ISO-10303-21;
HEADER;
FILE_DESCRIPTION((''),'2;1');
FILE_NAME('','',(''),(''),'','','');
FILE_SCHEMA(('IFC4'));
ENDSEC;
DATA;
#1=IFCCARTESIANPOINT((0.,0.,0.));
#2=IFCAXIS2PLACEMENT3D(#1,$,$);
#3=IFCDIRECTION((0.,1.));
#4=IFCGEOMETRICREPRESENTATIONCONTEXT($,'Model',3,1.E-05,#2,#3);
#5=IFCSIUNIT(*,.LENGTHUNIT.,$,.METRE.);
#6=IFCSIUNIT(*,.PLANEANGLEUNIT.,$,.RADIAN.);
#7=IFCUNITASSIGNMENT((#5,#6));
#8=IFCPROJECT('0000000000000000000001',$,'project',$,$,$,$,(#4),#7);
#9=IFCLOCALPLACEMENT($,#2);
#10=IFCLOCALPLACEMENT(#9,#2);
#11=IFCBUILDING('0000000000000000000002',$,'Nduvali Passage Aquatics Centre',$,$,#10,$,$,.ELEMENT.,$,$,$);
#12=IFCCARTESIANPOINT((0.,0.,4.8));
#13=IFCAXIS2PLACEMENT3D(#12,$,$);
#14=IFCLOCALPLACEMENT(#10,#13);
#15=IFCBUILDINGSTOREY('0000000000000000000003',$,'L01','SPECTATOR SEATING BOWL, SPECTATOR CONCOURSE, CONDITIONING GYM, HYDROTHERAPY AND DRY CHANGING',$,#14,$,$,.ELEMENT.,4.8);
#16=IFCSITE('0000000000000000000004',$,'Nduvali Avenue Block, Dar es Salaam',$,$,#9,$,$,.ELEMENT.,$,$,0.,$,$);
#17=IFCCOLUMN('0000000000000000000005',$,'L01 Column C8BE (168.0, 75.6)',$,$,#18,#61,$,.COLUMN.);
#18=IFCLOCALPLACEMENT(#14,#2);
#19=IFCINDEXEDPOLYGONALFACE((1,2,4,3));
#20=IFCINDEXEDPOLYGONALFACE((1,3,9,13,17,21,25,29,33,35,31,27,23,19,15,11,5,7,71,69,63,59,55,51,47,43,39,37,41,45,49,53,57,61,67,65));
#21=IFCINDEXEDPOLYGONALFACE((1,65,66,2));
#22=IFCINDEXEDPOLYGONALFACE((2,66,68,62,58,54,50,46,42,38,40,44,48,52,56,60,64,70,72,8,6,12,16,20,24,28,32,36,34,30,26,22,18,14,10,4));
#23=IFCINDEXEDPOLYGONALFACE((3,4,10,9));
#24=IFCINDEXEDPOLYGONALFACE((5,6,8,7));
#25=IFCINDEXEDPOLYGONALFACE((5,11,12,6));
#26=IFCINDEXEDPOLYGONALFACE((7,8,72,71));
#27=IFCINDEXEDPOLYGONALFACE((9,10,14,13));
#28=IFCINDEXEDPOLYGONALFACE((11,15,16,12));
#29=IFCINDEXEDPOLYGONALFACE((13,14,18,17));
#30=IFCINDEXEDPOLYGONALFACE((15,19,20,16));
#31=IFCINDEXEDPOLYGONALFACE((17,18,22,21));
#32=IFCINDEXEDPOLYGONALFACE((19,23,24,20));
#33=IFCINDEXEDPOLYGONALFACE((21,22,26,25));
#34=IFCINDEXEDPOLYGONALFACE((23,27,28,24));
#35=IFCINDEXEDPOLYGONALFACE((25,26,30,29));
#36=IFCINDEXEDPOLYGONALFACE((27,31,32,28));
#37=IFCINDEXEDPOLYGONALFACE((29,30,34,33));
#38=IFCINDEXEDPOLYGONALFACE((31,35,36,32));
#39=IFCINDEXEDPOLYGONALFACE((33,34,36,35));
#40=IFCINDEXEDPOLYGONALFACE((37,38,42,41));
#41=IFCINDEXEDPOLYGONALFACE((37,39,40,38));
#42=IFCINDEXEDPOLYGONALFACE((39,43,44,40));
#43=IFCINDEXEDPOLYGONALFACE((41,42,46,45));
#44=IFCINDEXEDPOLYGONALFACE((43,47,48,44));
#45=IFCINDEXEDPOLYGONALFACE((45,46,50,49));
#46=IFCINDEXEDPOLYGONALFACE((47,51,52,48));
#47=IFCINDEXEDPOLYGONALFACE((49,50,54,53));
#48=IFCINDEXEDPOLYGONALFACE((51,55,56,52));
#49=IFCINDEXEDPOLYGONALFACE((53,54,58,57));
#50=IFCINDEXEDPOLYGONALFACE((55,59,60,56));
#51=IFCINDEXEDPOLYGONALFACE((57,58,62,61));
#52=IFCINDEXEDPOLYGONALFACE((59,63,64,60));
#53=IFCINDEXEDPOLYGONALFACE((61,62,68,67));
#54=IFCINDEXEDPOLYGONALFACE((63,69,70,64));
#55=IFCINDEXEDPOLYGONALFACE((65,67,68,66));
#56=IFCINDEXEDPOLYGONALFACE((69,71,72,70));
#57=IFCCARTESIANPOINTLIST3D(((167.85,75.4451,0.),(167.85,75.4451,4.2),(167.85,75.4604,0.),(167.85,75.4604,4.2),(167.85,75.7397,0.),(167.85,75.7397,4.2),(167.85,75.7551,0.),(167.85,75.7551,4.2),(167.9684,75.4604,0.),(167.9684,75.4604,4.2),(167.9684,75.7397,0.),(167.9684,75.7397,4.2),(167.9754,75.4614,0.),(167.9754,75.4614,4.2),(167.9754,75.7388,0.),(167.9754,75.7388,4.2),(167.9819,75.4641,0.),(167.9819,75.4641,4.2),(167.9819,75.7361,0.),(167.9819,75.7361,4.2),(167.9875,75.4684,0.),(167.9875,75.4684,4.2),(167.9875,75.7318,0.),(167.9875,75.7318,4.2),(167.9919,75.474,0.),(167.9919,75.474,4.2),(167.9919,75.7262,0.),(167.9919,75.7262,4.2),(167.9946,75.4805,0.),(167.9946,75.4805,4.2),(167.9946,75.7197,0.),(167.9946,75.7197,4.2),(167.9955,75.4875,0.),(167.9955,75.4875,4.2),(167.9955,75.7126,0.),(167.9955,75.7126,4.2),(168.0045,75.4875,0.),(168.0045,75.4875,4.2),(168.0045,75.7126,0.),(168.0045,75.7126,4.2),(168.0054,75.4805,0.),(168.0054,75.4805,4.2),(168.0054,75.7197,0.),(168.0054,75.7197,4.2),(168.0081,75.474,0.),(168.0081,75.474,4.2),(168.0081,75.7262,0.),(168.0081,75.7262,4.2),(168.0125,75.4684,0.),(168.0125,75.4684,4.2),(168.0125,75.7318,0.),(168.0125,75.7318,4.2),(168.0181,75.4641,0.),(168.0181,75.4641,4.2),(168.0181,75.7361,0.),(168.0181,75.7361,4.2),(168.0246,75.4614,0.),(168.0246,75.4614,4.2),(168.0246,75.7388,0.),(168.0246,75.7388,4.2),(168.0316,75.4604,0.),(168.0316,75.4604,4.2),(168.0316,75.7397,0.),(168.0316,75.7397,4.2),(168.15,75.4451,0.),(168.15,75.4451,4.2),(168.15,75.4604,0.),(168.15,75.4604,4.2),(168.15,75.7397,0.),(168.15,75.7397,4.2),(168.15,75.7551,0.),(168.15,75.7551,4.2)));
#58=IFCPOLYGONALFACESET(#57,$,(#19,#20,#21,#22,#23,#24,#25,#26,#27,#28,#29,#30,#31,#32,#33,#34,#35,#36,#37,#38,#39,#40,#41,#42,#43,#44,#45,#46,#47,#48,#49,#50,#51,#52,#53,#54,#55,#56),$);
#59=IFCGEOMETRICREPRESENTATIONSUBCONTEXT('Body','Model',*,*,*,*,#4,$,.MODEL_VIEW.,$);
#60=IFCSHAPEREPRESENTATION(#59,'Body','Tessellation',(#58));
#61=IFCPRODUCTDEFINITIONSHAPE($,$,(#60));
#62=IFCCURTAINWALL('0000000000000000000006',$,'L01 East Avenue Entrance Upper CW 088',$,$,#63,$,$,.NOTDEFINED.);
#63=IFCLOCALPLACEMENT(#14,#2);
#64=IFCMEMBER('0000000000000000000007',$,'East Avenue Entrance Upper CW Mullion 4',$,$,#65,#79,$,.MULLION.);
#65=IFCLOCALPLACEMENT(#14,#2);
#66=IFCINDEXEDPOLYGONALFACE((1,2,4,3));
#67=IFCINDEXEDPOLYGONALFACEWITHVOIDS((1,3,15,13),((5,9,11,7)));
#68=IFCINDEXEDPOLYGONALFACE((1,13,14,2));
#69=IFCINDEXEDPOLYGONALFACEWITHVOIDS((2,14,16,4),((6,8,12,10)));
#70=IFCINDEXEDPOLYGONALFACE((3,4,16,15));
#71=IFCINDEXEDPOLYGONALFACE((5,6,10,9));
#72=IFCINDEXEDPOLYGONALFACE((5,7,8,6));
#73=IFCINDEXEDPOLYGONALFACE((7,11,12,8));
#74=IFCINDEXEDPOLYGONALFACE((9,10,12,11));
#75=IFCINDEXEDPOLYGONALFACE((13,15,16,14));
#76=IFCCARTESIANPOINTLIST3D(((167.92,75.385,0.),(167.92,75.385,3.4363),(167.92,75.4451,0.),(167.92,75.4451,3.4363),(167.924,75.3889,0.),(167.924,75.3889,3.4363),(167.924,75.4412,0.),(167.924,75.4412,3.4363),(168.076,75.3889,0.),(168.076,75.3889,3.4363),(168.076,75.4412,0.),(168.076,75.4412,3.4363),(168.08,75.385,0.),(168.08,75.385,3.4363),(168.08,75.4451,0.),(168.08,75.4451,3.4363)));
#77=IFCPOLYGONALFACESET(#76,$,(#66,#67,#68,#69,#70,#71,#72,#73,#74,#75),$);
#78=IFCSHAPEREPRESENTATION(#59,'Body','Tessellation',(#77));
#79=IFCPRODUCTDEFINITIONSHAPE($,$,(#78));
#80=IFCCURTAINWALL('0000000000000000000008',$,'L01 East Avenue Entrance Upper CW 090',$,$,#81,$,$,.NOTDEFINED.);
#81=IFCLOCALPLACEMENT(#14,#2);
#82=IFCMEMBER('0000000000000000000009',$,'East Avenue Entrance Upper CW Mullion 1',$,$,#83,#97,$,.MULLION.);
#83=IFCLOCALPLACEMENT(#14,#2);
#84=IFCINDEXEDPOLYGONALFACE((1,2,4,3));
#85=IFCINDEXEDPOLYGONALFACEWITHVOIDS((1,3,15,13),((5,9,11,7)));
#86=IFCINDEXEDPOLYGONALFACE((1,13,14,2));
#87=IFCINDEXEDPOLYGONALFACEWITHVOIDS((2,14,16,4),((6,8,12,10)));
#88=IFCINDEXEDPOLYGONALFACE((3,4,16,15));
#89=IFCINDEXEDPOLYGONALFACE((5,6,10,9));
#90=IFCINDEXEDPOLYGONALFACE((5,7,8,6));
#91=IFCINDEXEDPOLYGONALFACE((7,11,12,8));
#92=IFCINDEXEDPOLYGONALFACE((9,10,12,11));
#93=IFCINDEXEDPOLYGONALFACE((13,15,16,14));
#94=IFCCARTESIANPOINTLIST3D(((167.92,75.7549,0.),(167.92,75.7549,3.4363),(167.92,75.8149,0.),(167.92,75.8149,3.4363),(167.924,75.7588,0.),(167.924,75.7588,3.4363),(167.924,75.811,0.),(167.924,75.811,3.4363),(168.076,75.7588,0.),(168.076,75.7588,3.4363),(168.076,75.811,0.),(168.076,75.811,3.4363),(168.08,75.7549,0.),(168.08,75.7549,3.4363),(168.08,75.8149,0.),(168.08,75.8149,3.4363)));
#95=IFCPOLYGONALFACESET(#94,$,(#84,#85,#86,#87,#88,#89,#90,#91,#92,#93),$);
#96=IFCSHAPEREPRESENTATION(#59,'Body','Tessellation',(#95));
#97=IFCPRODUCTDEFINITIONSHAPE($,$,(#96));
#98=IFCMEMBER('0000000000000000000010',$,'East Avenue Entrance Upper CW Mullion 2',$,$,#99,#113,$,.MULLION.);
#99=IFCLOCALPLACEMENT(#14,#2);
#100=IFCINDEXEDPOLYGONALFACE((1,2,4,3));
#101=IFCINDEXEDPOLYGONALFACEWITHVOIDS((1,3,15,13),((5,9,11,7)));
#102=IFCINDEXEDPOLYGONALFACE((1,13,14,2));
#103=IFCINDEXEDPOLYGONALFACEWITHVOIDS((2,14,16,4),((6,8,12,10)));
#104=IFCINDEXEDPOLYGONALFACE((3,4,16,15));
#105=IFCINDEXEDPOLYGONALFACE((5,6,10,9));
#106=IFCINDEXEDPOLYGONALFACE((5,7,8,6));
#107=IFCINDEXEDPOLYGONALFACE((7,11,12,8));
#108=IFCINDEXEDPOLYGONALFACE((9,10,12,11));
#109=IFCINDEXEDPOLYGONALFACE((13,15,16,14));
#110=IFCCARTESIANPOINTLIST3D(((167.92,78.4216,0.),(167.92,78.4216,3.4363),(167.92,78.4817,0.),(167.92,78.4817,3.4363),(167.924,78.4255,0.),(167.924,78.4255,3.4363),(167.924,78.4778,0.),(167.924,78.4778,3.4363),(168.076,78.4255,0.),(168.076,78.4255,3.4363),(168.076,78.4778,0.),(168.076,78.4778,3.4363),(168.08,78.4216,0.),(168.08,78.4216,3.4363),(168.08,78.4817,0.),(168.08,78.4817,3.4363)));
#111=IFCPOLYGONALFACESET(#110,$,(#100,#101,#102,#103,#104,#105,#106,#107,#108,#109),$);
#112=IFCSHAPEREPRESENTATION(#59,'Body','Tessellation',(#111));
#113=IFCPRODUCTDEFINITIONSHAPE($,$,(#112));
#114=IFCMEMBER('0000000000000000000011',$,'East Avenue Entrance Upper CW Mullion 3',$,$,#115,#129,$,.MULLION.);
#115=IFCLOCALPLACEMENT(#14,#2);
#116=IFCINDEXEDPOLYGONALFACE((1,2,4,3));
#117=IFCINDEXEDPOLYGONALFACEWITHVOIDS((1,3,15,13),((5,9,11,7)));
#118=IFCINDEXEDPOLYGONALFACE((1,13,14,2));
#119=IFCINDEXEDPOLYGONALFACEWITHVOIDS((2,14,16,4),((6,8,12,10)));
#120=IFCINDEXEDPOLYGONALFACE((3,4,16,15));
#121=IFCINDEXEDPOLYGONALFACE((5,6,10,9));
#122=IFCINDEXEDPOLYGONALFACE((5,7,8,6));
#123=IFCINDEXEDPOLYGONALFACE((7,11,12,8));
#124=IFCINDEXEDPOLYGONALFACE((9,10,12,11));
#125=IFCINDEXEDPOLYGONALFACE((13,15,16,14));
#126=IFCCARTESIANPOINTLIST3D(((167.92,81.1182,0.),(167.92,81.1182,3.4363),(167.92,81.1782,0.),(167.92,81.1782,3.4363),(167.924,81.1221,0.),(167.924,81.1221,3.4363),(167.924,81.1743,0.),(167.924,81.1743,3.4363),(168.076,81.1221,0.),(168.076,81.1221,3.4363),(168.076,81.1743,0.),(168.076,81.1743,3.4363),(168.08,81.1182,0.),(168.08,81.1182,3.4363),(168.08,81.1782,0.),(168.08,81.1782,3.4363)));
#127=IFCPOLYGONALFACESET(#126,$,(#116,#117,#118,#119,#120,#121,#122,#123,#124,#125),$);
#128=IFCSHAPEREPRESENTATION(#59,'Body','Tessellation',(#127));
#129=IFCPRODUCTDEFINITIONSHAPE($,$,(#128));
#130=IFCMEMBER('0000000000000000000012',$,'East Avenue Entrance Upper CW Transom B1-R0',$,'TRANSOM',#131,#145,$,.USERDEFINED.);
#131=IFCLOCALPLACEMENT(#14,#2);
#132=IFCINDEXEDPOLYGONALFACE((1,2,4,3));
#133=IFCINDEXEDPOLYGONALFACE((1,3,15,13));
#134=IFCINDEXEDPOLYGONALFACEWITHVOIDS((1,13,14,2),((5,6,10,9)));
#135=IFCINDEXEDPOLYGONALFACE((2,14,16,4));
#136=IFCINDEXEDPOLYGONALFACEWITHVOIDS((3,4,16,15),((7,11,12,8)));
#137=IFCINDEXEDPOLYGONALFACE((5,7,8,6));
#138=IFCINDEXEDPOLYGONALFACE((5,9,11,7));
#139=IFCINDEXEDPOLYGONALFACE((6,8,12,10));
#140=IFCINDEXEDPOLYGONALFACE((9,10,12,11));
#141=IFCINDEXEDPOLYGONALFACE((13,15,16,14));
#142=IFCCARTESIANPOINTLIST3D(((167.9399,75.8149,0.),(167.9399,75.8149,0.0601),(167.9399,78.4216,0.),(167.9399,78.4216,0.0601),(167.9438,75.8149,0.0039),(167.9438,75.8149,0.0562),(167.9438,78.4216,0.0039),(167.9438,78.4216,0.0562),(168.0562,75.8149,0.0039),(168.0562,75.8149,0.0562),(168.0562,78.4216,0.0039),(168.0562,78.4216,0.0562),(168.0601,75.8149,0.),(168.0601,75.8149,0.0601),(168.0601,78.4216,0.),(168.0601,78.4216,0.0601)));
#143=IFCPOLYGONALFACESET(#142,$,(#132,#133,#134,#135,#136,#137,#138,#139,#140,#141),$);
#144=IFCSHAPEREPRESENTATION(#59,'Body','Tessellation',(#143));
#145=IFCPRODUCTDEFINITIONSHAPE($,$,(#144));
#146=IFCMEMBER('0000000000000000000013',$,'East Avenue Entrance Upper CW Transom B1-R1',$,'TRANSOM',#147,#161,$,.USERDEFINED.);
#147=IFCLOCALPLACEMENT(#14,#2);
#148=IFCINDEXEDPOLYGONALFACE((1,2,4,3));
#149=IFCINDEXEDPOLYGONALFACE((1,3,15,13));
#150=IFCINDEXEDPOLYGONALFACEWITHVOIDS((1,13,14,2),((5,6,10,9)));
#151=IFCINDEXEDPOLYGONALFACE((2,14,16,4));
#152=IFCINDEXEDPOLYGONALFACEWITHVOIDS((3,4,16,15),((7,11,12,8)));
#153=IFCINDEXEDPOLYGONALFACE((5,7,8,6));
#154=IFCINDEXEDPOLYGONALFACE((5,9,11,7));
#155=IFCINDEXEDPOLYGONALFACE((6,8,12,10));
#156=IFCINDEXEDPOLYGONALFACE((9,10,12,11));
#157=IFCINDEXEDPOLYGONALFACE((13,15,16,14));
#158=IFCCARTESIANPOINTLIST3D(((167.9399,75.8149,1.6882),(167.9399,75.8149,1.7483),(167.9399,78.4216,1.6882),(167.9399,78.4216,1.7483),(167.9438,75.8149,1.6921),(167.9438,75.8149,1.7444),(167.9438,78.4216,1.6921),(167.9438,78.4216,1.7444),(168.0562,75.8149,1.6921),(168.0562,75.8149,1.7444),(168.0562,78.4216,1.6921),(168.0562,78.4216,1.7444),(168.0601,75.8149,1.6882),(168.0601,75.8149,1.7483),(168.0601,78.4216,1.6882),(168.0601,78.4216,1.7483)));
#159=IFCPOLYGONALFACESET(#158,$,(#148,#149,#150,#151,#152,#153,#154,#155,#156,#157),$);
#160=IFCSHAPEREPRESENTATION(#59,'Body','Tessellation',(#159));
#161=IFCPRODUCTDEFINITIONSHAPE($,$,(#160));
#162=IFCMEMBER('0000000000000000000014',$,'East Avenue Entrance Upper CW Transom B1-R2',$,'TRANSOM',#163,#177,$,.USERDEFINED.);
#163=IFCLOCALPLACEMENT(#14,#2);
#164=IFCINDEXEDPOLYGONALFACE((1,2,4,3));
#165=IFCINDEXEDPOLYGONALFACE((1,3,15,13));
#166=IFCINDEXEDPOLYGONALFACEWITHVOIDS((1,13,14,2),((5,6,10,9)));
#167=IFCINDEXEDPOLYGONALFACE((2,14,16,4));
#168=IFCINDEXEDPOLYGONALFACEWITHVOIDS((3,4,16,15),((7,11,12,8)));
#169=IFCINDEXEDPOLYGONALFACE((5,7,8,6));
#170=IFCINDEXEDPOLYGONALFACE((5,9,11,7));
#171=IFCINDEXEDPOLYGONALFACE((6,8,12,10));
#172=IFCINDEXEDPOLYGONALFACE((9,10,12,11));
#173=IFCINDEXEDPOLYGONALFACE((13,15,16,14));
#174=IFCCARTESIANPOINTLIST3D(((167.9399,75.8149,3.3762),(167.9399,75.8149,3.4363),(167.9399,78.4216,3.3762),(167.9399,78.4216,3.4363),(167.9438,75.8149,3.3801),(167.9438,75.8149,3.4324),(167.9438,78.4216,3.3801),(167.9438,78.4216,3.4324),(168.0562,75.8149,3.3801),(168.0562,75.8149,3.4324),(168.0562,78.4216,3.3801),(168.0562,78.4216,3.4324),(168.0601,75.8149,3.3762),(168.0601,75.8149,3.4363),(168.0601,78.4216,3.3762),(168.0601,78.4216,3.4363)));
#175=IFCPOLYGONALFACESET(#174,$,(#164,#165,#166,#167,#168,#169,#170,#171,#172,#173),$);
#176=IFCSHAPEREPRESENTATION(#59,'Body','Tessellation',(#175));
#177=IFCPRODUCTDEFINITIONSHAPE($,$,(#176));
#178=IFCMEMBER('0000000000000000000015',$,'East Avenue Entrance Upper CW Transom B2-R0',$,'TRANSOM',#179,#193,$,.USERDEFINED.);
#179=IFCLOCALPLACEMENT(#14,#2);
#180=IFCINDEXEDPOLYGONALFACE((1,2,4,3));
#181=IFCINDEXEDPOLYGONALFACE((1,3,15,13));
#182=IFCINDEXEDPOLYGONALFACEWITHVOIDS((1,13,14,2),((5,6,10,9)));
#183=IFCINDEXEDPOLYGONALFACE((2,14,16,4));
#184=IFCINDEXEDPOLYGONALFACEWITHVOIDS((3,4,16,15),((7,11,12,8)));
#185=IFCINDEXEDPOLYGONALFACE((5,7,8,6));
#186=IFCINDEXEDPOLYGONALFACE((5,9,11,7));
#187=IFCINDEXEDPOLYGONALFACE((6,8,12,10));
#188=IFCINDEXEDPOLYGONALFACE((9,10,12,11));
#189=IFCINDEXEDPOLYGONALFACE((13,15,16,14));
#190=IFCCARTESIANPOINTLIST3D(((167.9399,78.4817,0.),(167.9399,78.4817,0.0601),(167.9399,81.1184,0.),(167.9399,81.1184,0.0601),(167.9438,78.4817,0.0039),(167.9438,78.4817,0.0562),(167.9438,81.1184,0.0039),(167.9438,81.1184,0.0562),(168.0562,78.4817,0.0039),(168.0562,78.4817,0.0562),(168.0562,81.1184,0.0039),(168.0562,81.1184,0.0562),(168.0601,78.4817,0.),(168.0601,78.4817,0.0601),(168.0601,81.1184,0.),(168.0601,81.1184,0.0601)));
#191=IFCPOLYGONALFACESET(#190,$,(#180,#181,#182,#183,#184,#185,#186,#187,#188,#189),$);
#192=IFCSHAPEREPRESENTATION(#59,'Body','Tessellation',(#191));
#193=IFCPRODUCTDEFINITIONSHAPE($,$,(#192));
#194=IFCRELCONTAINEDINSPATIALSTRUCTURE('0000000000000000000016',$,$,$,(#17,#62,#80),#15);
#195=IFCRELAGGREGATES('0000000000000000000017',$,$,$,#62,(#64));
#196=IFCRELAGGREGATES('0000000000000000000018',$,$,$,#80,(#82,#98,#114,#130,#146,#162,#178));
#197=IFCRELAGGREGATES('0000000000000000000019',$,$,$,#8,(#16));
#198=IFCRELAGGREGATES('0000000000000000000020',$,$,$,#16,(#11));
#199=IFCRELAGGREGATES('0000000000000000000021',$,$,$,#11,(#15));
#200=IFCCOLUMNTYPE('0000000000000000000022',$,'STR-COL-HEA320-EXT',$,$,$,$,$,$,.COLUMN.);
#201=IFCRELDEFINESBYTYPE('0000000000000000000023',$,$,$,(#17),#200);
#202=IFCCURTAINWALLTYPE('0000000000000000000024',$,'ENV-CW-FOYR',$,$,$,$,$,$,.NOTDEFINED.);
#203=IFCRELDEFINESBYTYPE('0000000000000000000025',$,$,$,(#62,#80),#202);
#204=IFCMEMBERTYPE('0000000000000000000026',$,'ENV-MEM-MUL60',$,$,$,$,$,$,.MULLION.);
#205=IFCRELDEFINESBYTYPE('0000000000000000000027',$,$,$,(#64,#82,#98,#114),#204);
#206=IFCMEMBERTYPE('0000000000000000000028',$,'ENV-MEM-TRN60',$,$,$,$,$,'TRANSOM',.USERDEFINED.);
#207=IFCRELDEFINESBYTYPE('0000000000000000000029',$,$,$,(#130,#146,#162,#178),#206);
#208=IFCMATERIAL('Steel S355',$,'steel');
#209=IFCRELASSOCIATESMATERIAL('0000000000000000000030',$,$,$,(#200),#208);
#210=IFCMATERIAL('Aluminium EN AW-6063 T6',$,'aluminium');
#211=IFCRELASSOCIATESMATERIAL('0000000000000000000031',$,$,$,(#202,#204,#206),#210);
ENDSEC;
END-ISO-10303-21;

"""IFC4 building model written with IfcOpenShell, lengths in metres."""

from ifc_helpers import new_model, si_unit, direction, frame, origin, origin_2d, place, context, subcontext, project, spatial, hollow_rectangle, i_section, extrude, material, material_profile, profile_set, type_object, element, aggregate, save


model = new_model("IFC4")

# Units and contexts
model_context = context("Model", 3, precision=1e-05, world=origin(), true_north=direction((0.0, 1.0)))
body_context = subcontext(model_context, "Body", "Model", "MODEL_VIEW")
ifc_project = project(units=[si_unit("LENGTHUNIT", "METRE"), si_unit("PLANEANGLEUNIT", "RADIAN")], contexts=[model_context])

# Site, building, storey
site_placement = place(None, origin())
site = spatial("IfcSite", under=ifc_project, at=site_placement, Name="Nduvali Avenue Block, Dar es Salaam", CompositionType="ELEMENT", RefElevation=0.0)
building_placement = place(site_placement, origin())
building = spatial("IfcBuilding", under=site, at=building_placement, Name="Nduvali Passage Aquatics Centre", CompositionType="ELEMENT")
storey_placement = place(building_placement, frame((0.0, 0.0, 4.8)))
storey = spatial("IfcBuildingStorey", under=building, at=storey_placement, Name="L01", Description="SPECTATOR SEATING BOWL, SPECTATOR CONCOURSE, CONDITIONING GYM, HYDROTHERAPY AND DRY CHANGING", CompositionType="ELEMENT", Elevation=4.8)

# Column
ifc_material_1 = material(Name="Steel S355", Category="steel")
ifc_material_profile_1 = material_profile(ifc_material_1, i_section(OverallWidth=0.3, OverallDepth=0.3101, WebThickness=0.009, FlangeThickness=0.0154, FilletRadius=0.0271, at=origin_2d()), Name="HEA 320")
ifc_profile_set_1 = profile_set([ifc_material_profile_1], Name="Steel S355")
column_type = type_object("IfcColumnType", Name="STR-COL-HEA320-EXT", PredefinedType="COLUMN", material=ifc_profile_set_1)
column_placement = place(storey_placement, frame((168.0, 75.6001, 0.0), z_axis=(0.0, 0.0, 1.0), x_axis=(1.0, 0.0, 0.0)))
element("IfcColumn", 1, at=column_placement, inside=storey, type_object=column_type, Name="L01 Column C8BE (168.0, 75.6)", PredefinedType="COLUMN", context=body_context, shape_type="SweptSolid", body=[
    extrude(i_section(OverallWidth=0.3, OverallDepth=0.3101, WebThickness=0.009, FlangeThickness=0.0154, FilletRadius=0.0271, at=origin_2d()), origin(), (0.0, 0.0, 1.0), 4.2),
])

# Curtain wall, member
ifc_material_2 = material(Name="Aluminium EN AW-6063 T6", Category="aluminium")
curtain_wall_type = type_object("IfcCurtainWallType", Name="ENV-CW-FOYR", PredefinedType="NOTDEFINED", material=ifc_material_2)
curtain_wall_1_placement = place(storey_placement, origin())
curtain_wall_1 = element("IfcCurtainWall", 2, at=curtain_wall_1_placement, inside=storey, type_object=curtain_wall_type, Name="L01 East Avenue Entrance Upper CW 088", PredefinedType="NOTDEFINED")
ifc_material_profile_2 = material_profile(ifc_material_2, hollow_rectangle(XDim=0.0601, YDim=0.1599, WallThickness=0.0039, at=origin_2d()), Name="ALU MULLION 60x160x4")
ifc_profile_set_2 = profile_set([ifc_material_profile_2], Name="Aluminium EN AW-6063 T6")
member_type_1 = type_object("IfcMemberType", Name="ENV-MEM-MUL60", PredefinedType="MULLION", material=ifc_profile_set_2)
member_1_placement = place(storey_placement, frame((168.0, 75.415, 0.0), z_axis=(0.0, 0.0, 1.0), x_axis=(0.0, 1.0, 0.0)))
member_1 = element("IfcMember", 3, at=member_1_placement, type_object=member_type_1, Name="East Avenue Entrance Upper CW Mullion 4", PredefinedType="MULLION", context=body_context, shape_type="SweptSolid", body=[
    extrude(hollow_rectangle(XDim=0.0601, YDim=0.1599, WallThickness=0.0039, at=origin_2d()), origin(), (0.0, 0.0, 1.0), 3.4363),
])
aggregate(curtain_wall_1, [member_1])

# Curtain wall, members
curtain_wall_2_placement = place(storey_placement, origin())
curtain_wall_2 = element("IfcCurtainWall", 4, at=curtain_wall_2_placement, inside=storey, type_object=curtain_wall_type, Name="L01 East Avenue Entrance Upper CW 090", PredefinedType="NOTDEFINED")
member_2_placement = place(storey_placement, frame((168.0, 75.7849, 0.0), z_axis=(0.0, 0.0, 1.0), x_axis=(0.0, 1.0, 0.0)))
member_2 = element("IfcMember", 5, at=member_2_placement, type_object=member_type_1, Name="East Avenue Entrance Upper CW Mullion 1", PredefinedType="MULLION", context=body_context, shape_type="SweptSolid", body=[
    extrude(hollow_rectangle(XDim=0.0601, YDim=0.1599, WallThickness=0.0039, at=origin_2d()), origin(), (0.0, 0.0, 1.0), 3.4363),
])
member_3_placement = place(storey_placement, frame((168.0, 78.4517, 0.0), z_axis=(0.0, 0.0, 1.0), x_axis=(0.0, 1.0, 0.0)))
member_3 = element("IfcMember", 6, at=member_3_placement, type_object=member_type_1, Name="East Avenue Entrance Upper CW Mullion 2", PredefinedType="MULLION", context=body_context, shape_type="SweptSolid", body=[
    extrude(hollow_rectangle(XDim=0.0601, YDim=0.1599, WallThickness=0.0039, at=origin_2d()), origin(), (0.0, 0.0, 1.0), 3.4363),
])
member_4_placement = place(storey_placement, frame((168.0, 81.1482, 0.0), z_axis=(0.0, 0.0, 1.0), x_axis=(0.0, 1.0, 0.0)))
member_4 = element("IfcMember", 7, at=member_4_placement, type_object=member_type_1, Name="East Avenue Entrance Upper CW Mullion 3", PredefinedType="MULLION", context=body_context, shape_type="SweptSolid", body=[
    extrude(hollow_rectangle(XDim=0.0601, YDim=0.1599, WallThickness=0.0039, at=origin_2d()), origin(), (0.0, 0.0, 1.0), 3.4363),
])
ifc_material_profile_3 = material_profile(ifc_material_2, hollow_rectangle(XDim=0.1201, YDim=0.0601, WallThickness=0.0039, at=origin_2d()), Name="ALU TRANSOM 120x60x4")
ifc_profile_set_3 = profile_set([ifc_material_profile_3], Name="Aluminium EN AW-6063 T6")
member_type_2 = type_object("IfcMemberType", Name="ENV-MEM-TRN60", ElementType="TRANSOM", PredefinedType="USERDEFINED", material=ifc_profile_set_3)
member_5_placement = place(storey_placement, frame((168.0, 75.8149, 0.03), z_axis=(0.0, 1.0, 0.0), x_axis=(-1.0, 0.0, 0.0)))
member_5 = element("IfcMember", 8, at=member_5_placement, type_object=member_type_2, Name="East Avenue Entrance Upper CW Transom B1-R0", ObjectType="TRANSOM", PredefinedType="USERDEFINED", context=body_context, shape_type="SweptSolid", body=[
    extrude(hollow_rectangle(XDim=0.1201, YDim=0.0601, WallThickness=0.0039, at=origin_2d()), origin(), (0.0, 0.0, 1.0), 2.6067),
])
member_6_placement = place(storey_placement, frame((168.0, 75.8149, 1.7183), z_axis=(0.0, 1.0, 0.0), x_axis=(-1.0, 0.0, 0.0)))
member_6 = element("IfcMember", 9, at=member_6_placement, type_object=member_type_2, Name="East Avenue Entrance Upper CW Transom B1-R1", ObjectType="TRANSOM", PredefinedType="USERDEFINED", context=body_context, shape_type="SweptSolid", body=[
    extrude(hollow_rectangle(XDim=0.1201, YDim=0.0601, WallThickness=0.0039, at=origin_2d()), origin(), (0.0, 0.0, 1.0), 2.6067),
])
member_7_placement = place(storey_placement, frame((168.0, 75.8149, 3.4062), z_axis=(0.0, 1.0, 0.0), x_axis=(-1.0, 0.0, 0.0)))
member_7 = element("IfcMember", 10, at=member_7_placement, type_object=member_type_2, Name="East Avenue Entrance Upper CW Transom B1-R2", ObjectType="TRANSOM", PredefinedType="USERDEFINED", context=body_context, shape_type="SweptSolid", body=[
    extrude(hollow_rectangle(XDim=0.1201, YDim=0.0601, WallThickness=0.0039, at=origin_2d()), origin(), (0.0, 0.0, 1.0), 2.6067),
])
member_8_placement = place(storey_placement, frame((168.0, 78.4817, 0.03), z_axis=(0.0, 1.0, 0.0), x_axis=(-1.0, 0.0, 0.0)))
member_8 = element("IfcMember", 11, at=member_8_placement, type_object=member_type_2, Name="East Avenue Entrance Upper CW Transom B2-R0", ObjectType="TRANSOM", PredefinedType="USERDEFINED", context=body_context, shape_type="SweptSolid", body=[
    extrude(hollow_rectangle(XDim=0.1201, YDim=0.0601, WallThickness=0.0039, at=origin_2d()), origin(), (0.0, 0.0, 1.0), 2.6367),
])

aggregate(curtain_wall_2, [member_2, member_3, member_4, member_5, member_6, member_7, member_8])

save(model, "model.ifc")
